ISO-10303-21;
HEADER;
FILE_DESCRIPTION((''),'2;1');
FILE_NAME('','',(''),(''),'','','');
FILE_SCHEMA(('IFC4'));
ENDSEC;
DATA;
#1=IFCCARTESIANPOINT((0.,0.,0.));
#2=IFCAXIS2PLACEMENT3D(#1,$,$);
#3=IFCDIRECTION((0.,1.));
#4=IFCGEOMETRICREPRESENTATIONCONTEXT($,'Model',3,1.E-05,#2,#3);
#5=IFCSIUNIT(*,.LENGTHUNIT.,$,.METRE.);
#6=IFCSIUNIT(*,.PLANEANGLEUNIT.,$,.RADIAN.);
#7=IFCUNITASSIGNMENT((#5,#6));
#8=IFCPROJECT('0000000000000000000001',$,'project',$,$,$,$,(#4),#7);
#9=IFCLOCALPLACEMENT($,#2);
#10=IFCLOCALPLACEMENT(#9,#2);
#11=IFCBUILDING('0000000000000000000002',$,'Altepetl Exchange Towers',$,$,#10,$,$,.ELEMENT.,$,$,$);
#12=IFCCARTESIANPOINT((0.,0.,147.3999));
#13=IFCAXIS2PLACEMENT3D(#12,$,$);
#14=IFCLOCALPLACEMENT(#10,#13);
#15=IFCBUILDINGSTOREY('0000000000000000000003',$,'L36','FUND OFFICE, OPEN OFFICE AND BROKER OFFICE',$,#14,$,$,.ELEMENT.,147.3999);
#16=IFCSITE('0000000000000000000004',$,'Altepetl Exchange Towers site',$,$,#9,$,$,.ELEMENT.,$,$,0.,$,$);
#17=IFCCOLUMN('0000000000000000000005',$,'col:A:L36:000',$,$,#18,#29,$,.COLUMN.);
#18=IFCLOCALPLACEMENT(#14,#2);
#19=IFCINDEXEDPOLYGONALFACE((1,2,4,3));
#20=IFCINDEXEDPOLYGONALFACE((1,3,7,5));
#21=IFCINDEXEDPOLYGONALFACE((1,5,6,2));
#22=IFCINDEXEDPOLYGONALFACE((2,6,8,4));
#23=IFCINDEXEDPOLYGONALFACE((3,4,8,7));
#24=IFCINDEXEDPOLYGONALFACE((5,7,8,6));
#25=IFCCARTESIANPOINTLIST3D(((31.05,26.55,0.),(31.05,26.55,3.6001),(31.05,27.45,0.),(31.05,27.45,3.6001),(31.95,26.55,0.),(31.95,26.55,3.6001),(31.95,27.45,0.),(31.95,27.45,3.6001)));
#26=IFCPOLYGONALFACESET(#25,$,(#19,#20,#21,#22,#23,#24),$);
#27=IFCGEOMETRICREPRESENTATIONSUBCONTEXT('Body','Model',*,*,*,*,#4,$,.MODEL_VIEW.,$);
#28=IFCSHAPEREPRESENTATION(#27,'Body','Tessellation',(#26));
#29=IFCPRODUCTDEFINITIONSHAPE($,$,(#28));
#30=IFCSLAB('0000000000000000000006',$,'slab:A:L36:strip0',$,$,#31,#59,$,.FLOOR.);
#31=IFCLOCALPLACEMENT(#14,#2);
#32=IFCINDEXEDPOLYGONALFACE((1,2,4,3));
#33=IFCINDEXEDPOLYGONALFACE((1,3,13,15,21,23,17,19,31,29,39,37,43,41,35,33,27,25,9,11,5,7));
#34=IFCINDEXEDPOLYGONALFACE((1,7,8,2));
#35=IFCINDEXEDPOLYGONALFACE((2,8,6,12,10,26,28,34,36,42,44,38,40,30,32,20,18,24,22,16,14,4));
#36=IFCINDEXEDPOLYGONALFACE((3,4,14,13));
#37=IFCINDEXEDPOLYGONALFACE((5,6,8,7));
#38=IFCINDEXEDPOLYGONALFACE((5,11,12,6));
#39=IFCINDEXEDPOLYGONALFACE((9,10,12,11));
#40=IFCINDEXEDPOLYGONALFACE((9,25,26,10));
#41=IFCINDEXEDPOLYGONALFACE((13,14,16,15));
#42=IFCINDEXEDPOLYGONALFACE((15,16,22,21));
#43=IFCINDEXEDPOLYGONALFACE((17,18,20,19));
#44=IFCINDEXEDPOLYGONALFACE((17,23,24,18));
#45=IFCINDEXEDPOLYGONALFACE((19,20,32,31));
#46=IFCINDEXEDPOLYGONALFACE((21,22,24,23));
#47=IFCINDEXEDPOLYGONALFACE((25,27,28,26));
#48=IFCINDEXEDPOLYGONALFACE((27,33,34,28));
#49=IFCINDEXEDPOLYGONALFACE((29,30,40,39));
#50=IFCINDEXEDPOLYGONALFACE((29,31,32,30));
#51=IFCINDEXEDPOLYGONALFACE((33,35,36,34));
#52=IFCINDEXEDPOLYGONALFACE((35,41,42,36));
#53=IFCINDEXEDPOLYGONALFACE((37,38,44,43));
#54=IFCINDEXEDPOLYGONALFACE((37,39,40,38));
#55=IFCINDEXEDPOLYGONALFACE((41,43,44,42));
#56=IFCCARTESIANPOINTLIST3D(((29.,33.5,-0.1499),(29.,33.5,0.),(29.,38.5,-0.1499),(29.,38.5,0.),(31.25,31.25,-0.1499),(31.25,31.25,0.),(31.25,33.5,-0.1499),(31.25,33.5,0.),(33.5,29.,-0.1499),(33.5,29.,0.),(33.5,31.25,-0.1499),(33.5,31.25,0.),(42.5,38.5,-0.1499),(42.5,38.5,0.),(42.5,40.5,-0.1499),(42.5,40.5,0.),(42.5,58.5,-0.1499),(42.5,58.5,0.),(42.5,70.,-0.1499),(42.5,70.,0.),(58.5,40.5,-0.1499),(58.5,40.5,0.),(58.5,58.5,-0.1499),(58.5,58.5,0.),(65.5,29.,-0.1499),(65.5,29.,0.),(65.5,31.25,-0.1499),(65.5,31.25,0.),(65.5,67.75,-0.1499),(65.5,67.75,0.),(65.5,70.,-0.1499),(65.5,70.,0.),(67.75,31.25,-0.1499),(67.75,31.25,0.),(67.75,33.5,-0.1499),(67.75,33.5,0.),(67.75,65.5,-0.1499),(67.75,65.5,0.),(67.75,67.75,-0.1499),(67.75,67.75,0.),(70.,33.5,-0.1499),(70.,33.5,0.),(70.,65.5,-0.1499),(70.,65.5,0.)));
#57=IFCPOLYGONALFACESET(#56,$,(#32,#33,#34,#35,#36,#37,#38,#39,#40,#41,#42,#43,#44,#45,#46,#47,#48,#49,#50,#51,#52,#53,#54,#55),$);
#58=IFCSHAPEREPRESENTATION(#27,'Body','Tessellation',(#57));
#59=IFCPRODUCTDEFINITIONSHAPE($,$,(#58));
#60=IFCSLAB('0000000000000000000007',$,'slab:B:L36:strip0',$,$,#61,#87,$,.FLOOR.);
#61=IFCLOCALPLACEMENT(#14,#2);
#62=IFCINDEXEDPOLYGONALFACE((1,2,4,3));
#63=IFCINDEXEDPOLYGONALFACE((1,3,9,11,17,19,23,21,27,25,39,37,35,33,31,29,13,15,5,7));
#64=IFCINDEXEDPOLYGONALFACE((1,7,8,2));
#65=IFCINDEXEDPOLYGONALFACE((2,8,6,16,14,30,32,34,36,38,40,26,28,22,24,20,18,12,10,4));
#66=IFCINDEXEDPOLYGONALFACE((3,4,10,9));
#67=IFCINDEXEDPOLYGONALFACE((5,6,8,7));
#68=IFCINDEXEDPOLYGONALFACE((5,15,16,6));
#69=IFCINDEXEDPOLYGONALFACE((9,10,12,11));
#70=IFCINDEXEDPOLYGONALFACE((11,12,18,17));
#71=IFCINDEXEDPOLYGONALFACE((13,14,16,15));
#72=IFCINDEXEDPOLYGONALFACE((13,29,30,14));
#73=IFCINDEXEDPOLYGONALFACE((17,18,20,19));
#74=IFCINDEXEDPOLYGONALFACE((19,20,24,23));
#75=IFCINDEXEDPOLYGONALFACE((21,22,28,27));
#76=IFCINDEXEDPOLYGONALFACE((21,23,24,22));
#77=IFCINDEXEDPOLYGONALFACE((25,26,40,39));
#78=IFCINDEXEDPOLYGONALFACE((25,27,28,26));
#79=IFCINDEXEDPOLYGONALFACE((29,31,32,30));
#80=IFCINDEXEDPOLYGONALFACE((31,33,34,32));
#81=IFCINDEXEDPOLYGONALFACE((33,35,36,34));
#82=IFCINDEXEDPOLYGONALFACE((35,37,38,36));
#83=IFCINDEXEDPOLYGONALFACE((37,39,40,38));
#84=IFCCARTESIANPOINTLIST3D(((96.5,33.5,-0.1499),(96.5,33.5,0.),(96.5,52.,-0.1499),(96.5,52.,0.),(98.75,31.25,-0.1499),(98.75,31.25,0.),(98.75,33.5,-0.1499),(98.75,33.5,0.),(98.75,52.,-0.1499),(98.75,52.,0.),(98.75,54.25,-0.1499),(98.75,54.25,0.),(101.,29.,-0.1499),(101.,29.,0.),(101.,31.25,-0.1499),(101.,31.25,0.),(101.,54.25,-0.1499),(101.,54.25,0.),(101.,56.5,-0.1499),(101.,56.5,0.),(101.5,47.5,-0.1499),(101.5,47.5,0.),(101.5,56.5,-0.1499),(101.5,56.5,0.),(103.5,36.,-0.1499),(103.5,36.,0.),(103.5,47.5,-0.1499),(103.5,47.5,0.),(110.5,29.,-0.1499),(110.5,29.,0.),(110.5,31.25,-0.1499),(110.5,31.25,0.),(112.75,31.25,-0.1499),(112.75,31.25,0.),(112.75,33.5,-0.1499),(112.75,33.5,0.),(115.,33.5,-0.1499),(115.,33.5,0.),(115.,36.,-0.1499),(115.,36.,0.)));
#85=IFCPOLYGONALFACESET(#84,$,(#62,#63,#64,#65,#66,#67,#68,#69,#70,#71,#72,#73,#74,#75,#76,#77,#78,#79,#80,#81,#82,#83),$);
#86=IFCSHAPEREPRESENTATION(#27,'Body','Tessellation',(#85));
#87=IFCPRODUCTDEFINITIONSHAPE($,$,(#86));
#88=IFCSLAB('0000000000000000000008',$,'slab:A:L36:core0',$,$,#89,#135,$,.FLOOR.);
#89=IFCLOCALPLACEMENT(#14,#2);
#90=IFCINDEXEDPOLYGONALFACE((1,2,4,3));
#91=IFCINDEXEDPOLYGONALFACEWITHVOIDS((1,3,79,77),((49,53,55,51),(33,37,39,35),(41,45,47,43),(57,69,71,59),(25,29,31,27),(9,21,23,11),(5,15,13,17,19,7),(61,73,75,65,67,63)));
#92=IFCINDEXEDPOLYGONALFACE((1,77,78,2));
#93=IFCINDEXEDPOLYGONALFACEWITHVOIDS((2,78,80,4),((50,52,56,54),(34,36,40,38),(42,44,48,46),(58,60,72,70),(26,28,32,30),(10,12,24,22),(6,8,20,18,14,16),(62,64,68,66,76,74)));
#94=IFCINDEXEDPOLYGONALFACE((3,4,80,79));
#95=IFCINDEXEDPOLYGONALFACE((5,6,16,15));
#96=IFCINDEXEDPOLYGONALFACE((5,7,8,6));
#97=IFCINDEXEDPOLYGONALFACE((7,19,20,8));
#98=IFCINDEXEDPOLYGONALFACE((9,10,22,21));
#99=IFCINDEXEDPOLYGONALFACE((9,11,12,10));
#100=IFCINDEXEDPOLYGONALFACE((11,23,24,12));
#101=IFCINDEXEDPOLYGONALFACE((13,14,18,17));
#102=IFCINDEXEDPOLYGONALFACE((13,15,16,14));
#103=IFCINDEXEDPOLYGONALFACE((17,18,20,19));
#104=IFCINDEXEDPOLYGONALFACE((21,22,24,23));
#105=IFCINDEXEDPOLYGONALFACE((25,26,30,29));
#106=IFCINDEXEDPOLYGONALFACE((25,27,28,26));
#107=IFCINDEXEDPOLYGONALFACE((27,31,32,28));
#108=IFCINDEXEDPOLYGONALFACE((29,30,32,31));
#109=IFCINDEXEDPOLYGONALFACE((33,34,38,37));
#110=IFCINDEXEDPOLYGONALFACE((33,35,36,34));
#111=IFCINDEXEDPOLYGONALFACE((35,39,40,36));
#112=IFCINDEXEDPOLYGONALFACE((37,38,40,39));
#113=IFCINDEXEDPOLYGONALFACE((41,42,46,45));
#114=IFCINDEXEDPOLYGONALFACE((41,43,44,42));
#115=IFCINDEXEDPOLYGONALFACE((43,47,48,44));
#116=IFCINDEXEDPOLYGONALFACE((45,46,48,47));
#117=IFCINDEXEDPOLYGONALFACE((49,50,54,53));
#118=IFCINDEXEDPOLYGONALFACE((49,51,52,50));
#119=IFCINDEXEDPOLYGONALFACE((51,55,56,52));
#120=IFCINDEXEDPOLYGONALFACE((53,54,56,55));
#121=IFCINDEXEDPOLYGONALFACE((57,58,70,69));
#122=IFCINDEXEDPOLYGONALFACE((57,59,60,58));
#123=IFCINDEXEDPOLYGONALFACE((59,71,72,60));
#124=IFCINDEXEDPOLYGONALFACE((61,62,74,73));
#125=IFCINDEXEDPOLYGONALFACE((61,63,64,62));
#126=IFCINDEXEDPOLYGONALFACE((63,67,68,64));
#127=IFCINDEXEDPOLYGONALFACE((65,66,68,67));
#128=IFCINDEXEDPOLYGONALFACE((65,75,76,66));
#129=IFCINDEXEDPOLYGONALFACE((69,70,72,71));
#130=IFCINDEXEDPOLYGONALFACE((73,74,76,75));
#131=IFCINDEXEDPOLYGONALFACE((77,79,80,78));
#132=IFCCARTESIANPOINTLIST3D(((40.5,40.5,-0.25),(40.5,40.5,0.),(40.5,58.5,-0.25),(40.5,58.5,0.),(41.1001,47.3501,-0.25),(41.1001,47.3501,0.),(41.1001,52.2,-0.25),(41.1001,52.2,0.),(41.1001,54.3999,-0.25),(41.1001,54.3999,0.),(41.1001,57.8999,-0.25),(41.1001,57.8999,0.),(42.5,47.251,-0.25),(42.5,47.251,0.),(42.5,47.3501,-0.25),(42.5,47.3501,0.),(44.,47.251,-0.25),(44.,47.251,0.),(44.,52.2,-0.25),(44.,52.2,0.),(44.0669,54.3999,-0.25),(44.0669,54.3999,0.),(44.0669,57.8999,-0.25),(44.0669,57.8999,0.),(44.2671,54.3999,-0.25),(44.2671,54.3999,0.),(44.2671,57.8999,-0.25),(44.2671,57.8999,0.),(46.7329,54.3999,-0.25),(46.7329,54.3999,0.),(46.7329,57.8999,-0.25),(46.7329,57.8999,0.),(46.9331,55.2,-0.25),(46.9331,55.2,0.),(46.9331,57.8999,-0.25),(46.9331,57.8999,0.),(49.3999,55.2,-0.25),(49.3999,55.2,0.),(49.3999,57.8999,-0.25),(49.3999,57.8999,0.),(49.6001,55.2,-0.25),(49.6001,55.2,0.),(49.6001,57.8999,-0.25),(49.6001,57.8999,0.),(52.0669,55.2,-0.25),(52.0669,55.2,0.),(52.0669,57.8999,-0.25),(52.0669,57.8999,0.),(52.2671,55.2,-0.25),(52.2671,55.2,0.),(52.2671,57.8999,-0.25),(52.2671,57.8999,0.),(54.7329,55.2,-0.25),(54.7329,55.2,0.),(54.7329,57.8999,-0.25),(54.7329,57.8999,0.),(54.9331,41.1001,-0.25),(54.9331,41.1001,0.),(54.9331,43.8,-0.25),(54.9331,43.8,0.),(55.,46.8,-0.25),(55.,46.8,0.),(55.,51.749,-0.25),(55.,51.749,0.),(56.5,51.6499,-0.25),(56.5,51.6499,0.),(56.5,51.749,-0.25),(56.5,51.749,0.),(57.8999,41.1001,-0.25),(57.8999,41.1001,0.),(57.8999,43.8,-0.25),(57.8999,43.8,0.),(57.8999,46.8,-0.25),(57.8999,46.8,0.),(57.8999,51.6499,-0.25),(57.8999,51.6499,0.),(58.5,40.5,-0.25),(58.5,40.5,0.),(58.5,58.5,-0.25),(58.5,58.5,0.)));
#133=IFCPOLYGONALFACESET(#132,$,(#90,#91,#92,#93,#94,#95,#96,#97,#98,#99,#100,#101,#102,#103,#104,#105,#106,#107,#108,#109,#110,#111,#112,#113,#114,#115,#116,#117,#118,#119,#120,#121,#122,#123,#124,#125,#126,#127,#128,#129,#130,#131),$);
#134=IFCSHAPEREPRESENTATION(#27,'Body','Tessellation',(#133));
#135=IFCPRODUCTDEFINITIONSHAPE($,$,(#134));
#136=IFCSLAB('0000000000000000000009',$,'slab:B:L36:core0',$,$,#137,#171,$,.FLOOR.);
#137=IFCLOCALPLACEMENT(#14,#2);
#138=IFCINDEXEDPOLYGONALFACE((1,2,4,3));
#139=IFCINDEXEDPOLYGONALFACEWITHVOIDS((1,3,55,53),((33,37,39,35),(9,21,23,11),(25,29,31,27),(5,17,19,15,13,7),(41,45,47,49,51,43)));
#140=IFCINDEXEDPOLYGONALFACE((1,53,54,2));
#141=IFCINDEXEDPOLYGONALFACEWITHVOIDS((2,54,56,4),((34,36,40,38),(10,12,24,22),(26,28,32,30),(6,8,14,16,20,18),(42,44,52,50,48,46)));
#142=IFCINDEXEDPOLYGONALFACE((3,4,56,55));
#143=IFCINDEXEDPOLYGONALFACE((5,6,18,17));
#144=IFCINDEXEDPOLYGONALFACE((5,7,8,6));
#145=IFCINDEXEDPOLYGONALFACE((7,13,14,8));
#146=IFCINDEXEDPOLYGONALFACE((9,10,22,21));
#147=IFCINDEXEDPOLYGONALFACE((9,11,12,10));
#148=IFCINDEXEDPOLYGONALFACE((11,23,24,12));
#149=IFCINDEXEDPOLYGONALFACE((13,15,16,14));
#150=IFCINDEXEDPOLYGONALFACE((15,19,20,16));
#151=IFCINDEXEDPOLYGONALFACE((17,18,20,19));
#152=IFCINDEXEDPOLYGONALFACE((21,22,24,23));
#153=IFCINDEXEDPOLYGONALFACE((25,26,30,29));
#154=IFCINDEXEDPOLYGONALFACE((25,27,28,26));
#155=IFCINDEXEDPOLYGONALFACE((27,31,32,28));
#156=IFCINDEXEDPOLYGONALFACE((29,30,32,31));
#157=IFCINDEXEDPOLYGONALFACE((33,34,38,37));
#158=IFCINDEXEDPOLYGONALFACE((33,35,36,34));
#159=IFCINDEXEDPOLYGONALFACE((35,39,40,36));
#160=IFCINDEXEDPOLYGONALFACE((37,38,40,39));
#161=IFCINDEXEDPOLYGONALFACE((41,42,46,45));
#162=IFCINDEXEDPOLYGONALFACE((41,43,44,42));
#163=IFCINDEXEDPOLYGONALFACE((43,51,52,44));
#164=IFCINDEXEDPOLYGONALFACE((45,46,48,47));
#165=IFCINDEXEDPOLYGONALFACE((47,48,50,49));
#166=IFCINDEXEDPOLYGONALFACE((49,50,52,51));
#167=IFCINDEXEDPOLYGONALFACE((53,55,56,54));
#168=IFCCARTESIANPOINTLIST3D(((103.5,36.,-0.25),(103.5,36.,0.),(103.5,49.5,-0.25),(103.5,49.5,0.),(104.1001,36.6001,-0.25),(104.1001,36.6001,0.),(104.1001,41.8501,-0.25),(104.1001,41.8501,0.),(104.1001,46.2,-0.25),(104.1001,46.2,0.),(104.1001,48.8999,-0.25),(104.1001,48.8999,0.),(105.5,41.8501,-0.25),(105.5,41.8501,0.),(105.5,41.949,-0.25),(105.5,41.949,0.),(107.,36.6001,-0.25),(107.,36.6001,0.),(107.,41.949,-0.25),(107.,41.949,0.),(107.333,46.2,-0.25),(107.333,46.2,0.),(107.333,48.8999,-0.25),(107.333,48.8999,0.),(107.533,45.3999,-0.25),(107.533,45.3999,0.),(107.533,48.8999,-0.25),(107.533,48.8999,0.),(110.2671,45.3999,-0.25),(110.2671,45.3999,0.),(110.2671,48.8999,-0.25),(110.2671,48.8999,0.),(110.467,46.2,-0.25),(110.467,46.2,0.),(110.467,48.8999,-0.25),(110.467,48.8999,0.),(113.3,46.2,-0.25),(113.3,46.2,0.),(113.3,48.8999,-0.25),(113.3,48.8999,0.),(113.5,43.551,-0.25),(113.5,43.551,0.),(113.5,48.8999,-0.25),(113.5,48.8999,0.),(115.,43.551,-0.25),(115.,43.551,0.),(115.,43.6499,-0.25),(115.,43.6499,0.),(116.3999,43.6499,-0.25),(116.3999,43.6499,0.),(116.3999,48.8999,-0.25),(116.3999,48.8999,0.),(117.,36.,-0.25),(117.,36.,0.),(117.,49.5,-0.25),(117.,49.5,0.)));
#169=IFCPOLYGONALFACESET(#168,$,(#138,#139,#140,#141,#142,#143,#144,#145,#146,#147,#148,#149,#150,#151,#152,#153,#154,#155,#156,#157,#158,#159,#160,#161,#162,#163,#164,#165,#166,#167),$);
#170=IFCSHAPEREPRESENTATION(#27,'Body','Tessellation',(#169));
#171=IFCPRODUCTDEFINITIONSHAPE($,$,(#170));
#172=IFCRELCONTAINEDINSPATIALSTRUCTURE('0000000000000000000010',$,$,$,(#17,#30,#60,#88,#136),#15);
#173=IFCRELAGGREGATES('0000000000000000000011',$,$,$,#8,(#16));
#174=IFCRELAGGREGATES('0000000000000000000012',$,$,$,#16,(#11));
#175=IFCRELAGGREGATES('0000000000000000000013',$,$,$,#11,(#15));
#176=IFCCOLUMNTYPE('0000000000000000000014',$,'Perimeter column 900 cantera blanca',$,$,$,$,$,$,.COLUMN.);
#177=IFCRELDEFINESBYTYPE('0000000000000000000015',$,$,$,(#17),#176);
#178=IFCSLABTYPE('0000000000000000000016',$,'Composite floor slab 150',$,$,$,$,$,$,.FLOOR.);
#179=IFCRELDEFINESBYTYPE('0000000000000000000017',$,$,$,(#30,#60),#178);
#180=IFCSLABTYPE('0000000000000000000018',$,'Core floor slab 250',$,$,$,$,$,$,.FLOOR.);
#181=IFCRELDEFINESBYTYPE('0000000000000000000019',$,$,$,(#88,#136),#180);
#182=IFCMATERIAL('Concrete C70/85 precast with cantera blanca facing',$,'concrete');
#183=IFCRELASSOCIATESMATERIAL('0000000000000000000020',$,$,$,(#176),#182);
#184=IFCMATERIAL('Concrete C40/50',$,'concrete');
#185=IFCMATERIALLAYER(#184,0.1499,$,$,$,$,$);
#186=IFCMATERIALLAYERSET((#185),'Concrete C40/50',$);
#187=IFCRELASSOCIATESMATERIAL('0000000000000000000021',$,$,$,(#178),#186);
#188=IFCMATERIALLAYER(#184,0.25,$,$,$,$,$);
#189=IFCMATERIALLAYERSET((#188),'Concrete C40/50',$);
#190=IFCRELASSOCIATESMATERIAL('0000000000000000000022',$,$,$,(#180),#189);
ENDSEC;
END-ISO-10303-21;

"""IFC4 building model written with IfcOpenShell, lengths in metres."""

from ifc_helpers import new_model, si_unit, direction, frame, origin, origin_2d, place, context, subcontext, project, spatial, polyline, rectangle, outline, extrude, material, layer, layer_set, material_profile, profile_set, type_object, element, save


model = new_model("IFC4")

# Units and contexts
model_context = context("Model", 3, precision=1e-05, world=origin(), true_north=direction((0.0, 1.0)))
body_context = subcontext(model_context, "Body", "Model", "MODEL_VIEW")
ifc_project = project(units=[si_unit("LENGTHUNIT", "METRE"), si_unit("PLANEANGLEUNIT", "RADIAN")], contexts=[model_context])

# Site, building, storey
site_placement = place(None, origin())
site = spatial("IfcSite", under=ifc_project, at=site_placement, Name="Altepetl Exchange Towers site", CompositionType="ELEMENT", RefElevation=0.0)
building_placement = place(site_placement, origin())
building = spatial("IfcBuilding", under=site, at=building_placement, Name="Altepetl Exchange Towers", CompositionType="ELEMENT")
storey_placement = place(building_placement, frame((0.0, 0.0, 147.3999)))
storey = spatial("IfcBuildingStorey", under=building, at=storey_placement, Name="L36", Description="FUND OFFICE, OPEN OFFICE AND BROKER OFFICE", CompositionType="ELEMENT", Elevation=147.3999)

# Column
ifc_material_1 = material(Name="Concrete C70/85 precast with cantera blanca facing", Category="concrete")
ifc_material_profile = material_profile(ifc_material_1, rectangle(XDim=0.8999, YDim=0.8999, at=origin_2d()), Name="900 x 900")
ifc_profile_set = profile_set([ifc_material_profile], Name="Concrete C70/85 precast with cantera blanca facing")
column_type = type_object("IfcColumnType", Name="Perimeter column 900 cantera blanca", PredefinedType="COLUMN", material=ifc_profile_set)
column_placement = place(storey_placement, frame((31.5, 27.0, 0.0)))
element("IfcColumn", 1, at=column_placement, inside=storey, type_object=column_type, Name="col:A:L36:000", PredefinedType="COLUMN", context=body_context, shape_type="SweptSolid", body=[
    extrude(rectangle(XDim=0.8999, YDim=0.8999, at=origin_2d()), origin(), (0.0, 0.0, 1.0), 3.6001),
])

# Slabs
ifc_material_2 = material(Name="Concrete C40/50", Category="concrete")
ifc_layer_1 = layer(ifc_material_2, 0.1499)
ifc_layer_set_1 = layer_set([ifc_layer_1], Name="Concrete C40/50")
slab_type_1 = type_object("IfcSlabType", Name="Composite floor slab 150", PredefinedType="FLOOR", material=ifc_layer_set_1)
slab_1_placement = place(storey_placement, frame((0.0, 0.0, -0.1499)))
element("IfcSlab", 2, at=slab_1_placement, inside=storey, type_object=slab_type_1, Name="slab:A:L36:strip0", PredefinedType="FLOOR", context=body_context, shape_type="SweptSolid", body=[
    extrude(outline(polyline([(42.5, 70.0), (42.5, 58.5), (58.5, 58.5), (58.5, 40.5), (42.5, 40.5), (42.5, 38.5), (29.0, 38.5), (29.0, 33.5), (31.25, 33.5), (31.25, 31.25), (33.5, 31.25), (33.5, 29.0), (65.5, 29.0), (65.5, 31.25), (67.75, 31.25), (67.75, 33.5), (70.0, 33.5), (70.0, 65.5), (67.75, 65.5), (67.75, 67.75), (65.5, 67.75), (65.5, 70.0), (42.5, 70.0)])), origin(), (0.0, 0.0, 1.0), 0.1499),
])
slab_2_placement = place(storey_placement, frame((0.0, 0.0, -0.1499)))
element("IfcSlab", 3, at=slab_2_placement, inside=storey, type_object=slab_type_1, Name="slab:B:L36:strip0", PredefinedType="FLOOR", context=body_context, shape_type="SweptSolid", body=[
    extrude(outline(polyline([(98.75, 31.25), (101.0, 31.25), (101.0, 29.0), (110.5, 29.0), (110.5, 31.25), (112.75, 31.25), (112.75, 33.5), (115.0, 33.5), (115.0, 36.0), (103.5, 36.0), (103.5, 47.5), (101.5, 47.5), (101.5, 56.5), (101.0, 56.5), (101.0, 54.25), (98.75, 54.25), (98.75, 52.0), (96.5, 52.0), (96.5, 33.5), (98.75, 33.5), (98.75, 31.25)])), origin(), (0.0, 0.0, 1.0), 0.1499),
])
ifc_layer_2 = layer(ifc_material_2, 0.25)
ifc_layer_set_2 = layer_set([ifc_layer_2], Name="Concrete C40/50")
slab_type_2 = type_object("IfcSlabType", Name="Core floor slab 250", PredefinedType="FLOOR", material=ifc_layer_set_2)
slab_3_placement = place(storey_placement, frame((0.0, 0.0, -0.25)))
element("IfcSlab", 4, at=slab_3_placement, inside=storey, type_object=slab_type_2, Name="slab:A:L36:core0", PredefinedType="FLOOR", context=body_context, shape_type="SweptSolid", body=[
    extrude(outline(polyline([(40.5, 40.5), (58.5, 40.5), (58.5, 58.5), (40.5, 58.5), (40.5, 40.5)]), holes=[polyline([(54.9331, 43.8), (57.8999, 43.8), (57.8999, 41.1001), (54.9331, 41.1001), (54.9331, 43.8)]), polyline([(55.0, 51.749), (56.5, 51.749), (56.5, 51.6499), (57.8999, 51.6499), (57.8999, 46.8), (55.0, 46.8), (55.0, 51.749)]), polyline([(44.0, 47.251), (42.5, 47.251), (42.5, 47.3501), (41.1001, 47.3501), (41.1001, 52.2), (44.0, 52.2), (44.0, 47.251)]), polyline([(41.1001, 57.8999), (44.0669, 57.8999), (44.0669, 54.3999), (41.1001, 54.3999), (41.1001, 57.8999)]), polyline([(44.2671, 57.8999), (46.7329, 57.8999), (46.7329, 54.3999), (44.2671, 54.3999), (44.2671, 57.8999)]), polyline([(46.9331, 57.8999), (49.3999, 57.8999), (49.3999, 55.2), (46.9331, 55.2), (46.9331, 57.8999)]), polyline([(49.6001, 57.8999), (52.0669, 57.8999), (52.0669, 55.2), (49.6001, 55.2), (49.6001, 57.8999)]), polyline([(52.2671, 57.8999), (54.7329, 57.8999), (54.7329, 55.2), (52.2671, 55.2), (52.2671, 57.8999)])]), origin(), (0.0, 0.0, 1.0), 0.25),
])
slab_4_placement = place(storey_placement, frame((0.0, 0.0, -0.25)))
element("IfcSlab", 5, at=slab_4_placement, inside=storey, type_object=slab_type_2, Name="slab:B:L36:core0", PredefinedType="FLOOR", context=body_context, shape_type="SweptSolid", body=[
    extrude(outline(polyline([(103.5, 36.0), (117.0, 36.0), (117.0, 49.5), (103.5, 49.5), (103.5, 36.0)]), holes=[polyline([(107.0, 36.6001), (104.1001, 36.6001), (104.1001, 41.8501), (105.5, 41.8501), (105.5, 41.949), (107.0, 41.949), (107.0, 36.6001)]), polyline([(113.5, 48.8999), (116.3999, 48.8999), (116.3999, 43.6499), (115.0, 43.6499), (115.0, 43.551), (113.5, 43.551), (113.5, 48.8999)]), polyline([(107.533, 45.3999), (107.533, 48.8999), (110.2671, 48.8999), (110.2671, 45.3999), (107.533, 45.3999)]), polyline([(104.1001, 48.8999), (107.333, 48.8999), (107.333, 46.2), (104.1001, 46.2), (104.1001, 48.8999)]), polyline([(110.467, 48.8999), (113.3, 48.8999), (113.3, 46.2), (110.467, 46.2), (110.467, 48.8999)])]), origin(), (0.0, 0.0, 1.0), 0.25),
])

save(model, "model.ifc")
